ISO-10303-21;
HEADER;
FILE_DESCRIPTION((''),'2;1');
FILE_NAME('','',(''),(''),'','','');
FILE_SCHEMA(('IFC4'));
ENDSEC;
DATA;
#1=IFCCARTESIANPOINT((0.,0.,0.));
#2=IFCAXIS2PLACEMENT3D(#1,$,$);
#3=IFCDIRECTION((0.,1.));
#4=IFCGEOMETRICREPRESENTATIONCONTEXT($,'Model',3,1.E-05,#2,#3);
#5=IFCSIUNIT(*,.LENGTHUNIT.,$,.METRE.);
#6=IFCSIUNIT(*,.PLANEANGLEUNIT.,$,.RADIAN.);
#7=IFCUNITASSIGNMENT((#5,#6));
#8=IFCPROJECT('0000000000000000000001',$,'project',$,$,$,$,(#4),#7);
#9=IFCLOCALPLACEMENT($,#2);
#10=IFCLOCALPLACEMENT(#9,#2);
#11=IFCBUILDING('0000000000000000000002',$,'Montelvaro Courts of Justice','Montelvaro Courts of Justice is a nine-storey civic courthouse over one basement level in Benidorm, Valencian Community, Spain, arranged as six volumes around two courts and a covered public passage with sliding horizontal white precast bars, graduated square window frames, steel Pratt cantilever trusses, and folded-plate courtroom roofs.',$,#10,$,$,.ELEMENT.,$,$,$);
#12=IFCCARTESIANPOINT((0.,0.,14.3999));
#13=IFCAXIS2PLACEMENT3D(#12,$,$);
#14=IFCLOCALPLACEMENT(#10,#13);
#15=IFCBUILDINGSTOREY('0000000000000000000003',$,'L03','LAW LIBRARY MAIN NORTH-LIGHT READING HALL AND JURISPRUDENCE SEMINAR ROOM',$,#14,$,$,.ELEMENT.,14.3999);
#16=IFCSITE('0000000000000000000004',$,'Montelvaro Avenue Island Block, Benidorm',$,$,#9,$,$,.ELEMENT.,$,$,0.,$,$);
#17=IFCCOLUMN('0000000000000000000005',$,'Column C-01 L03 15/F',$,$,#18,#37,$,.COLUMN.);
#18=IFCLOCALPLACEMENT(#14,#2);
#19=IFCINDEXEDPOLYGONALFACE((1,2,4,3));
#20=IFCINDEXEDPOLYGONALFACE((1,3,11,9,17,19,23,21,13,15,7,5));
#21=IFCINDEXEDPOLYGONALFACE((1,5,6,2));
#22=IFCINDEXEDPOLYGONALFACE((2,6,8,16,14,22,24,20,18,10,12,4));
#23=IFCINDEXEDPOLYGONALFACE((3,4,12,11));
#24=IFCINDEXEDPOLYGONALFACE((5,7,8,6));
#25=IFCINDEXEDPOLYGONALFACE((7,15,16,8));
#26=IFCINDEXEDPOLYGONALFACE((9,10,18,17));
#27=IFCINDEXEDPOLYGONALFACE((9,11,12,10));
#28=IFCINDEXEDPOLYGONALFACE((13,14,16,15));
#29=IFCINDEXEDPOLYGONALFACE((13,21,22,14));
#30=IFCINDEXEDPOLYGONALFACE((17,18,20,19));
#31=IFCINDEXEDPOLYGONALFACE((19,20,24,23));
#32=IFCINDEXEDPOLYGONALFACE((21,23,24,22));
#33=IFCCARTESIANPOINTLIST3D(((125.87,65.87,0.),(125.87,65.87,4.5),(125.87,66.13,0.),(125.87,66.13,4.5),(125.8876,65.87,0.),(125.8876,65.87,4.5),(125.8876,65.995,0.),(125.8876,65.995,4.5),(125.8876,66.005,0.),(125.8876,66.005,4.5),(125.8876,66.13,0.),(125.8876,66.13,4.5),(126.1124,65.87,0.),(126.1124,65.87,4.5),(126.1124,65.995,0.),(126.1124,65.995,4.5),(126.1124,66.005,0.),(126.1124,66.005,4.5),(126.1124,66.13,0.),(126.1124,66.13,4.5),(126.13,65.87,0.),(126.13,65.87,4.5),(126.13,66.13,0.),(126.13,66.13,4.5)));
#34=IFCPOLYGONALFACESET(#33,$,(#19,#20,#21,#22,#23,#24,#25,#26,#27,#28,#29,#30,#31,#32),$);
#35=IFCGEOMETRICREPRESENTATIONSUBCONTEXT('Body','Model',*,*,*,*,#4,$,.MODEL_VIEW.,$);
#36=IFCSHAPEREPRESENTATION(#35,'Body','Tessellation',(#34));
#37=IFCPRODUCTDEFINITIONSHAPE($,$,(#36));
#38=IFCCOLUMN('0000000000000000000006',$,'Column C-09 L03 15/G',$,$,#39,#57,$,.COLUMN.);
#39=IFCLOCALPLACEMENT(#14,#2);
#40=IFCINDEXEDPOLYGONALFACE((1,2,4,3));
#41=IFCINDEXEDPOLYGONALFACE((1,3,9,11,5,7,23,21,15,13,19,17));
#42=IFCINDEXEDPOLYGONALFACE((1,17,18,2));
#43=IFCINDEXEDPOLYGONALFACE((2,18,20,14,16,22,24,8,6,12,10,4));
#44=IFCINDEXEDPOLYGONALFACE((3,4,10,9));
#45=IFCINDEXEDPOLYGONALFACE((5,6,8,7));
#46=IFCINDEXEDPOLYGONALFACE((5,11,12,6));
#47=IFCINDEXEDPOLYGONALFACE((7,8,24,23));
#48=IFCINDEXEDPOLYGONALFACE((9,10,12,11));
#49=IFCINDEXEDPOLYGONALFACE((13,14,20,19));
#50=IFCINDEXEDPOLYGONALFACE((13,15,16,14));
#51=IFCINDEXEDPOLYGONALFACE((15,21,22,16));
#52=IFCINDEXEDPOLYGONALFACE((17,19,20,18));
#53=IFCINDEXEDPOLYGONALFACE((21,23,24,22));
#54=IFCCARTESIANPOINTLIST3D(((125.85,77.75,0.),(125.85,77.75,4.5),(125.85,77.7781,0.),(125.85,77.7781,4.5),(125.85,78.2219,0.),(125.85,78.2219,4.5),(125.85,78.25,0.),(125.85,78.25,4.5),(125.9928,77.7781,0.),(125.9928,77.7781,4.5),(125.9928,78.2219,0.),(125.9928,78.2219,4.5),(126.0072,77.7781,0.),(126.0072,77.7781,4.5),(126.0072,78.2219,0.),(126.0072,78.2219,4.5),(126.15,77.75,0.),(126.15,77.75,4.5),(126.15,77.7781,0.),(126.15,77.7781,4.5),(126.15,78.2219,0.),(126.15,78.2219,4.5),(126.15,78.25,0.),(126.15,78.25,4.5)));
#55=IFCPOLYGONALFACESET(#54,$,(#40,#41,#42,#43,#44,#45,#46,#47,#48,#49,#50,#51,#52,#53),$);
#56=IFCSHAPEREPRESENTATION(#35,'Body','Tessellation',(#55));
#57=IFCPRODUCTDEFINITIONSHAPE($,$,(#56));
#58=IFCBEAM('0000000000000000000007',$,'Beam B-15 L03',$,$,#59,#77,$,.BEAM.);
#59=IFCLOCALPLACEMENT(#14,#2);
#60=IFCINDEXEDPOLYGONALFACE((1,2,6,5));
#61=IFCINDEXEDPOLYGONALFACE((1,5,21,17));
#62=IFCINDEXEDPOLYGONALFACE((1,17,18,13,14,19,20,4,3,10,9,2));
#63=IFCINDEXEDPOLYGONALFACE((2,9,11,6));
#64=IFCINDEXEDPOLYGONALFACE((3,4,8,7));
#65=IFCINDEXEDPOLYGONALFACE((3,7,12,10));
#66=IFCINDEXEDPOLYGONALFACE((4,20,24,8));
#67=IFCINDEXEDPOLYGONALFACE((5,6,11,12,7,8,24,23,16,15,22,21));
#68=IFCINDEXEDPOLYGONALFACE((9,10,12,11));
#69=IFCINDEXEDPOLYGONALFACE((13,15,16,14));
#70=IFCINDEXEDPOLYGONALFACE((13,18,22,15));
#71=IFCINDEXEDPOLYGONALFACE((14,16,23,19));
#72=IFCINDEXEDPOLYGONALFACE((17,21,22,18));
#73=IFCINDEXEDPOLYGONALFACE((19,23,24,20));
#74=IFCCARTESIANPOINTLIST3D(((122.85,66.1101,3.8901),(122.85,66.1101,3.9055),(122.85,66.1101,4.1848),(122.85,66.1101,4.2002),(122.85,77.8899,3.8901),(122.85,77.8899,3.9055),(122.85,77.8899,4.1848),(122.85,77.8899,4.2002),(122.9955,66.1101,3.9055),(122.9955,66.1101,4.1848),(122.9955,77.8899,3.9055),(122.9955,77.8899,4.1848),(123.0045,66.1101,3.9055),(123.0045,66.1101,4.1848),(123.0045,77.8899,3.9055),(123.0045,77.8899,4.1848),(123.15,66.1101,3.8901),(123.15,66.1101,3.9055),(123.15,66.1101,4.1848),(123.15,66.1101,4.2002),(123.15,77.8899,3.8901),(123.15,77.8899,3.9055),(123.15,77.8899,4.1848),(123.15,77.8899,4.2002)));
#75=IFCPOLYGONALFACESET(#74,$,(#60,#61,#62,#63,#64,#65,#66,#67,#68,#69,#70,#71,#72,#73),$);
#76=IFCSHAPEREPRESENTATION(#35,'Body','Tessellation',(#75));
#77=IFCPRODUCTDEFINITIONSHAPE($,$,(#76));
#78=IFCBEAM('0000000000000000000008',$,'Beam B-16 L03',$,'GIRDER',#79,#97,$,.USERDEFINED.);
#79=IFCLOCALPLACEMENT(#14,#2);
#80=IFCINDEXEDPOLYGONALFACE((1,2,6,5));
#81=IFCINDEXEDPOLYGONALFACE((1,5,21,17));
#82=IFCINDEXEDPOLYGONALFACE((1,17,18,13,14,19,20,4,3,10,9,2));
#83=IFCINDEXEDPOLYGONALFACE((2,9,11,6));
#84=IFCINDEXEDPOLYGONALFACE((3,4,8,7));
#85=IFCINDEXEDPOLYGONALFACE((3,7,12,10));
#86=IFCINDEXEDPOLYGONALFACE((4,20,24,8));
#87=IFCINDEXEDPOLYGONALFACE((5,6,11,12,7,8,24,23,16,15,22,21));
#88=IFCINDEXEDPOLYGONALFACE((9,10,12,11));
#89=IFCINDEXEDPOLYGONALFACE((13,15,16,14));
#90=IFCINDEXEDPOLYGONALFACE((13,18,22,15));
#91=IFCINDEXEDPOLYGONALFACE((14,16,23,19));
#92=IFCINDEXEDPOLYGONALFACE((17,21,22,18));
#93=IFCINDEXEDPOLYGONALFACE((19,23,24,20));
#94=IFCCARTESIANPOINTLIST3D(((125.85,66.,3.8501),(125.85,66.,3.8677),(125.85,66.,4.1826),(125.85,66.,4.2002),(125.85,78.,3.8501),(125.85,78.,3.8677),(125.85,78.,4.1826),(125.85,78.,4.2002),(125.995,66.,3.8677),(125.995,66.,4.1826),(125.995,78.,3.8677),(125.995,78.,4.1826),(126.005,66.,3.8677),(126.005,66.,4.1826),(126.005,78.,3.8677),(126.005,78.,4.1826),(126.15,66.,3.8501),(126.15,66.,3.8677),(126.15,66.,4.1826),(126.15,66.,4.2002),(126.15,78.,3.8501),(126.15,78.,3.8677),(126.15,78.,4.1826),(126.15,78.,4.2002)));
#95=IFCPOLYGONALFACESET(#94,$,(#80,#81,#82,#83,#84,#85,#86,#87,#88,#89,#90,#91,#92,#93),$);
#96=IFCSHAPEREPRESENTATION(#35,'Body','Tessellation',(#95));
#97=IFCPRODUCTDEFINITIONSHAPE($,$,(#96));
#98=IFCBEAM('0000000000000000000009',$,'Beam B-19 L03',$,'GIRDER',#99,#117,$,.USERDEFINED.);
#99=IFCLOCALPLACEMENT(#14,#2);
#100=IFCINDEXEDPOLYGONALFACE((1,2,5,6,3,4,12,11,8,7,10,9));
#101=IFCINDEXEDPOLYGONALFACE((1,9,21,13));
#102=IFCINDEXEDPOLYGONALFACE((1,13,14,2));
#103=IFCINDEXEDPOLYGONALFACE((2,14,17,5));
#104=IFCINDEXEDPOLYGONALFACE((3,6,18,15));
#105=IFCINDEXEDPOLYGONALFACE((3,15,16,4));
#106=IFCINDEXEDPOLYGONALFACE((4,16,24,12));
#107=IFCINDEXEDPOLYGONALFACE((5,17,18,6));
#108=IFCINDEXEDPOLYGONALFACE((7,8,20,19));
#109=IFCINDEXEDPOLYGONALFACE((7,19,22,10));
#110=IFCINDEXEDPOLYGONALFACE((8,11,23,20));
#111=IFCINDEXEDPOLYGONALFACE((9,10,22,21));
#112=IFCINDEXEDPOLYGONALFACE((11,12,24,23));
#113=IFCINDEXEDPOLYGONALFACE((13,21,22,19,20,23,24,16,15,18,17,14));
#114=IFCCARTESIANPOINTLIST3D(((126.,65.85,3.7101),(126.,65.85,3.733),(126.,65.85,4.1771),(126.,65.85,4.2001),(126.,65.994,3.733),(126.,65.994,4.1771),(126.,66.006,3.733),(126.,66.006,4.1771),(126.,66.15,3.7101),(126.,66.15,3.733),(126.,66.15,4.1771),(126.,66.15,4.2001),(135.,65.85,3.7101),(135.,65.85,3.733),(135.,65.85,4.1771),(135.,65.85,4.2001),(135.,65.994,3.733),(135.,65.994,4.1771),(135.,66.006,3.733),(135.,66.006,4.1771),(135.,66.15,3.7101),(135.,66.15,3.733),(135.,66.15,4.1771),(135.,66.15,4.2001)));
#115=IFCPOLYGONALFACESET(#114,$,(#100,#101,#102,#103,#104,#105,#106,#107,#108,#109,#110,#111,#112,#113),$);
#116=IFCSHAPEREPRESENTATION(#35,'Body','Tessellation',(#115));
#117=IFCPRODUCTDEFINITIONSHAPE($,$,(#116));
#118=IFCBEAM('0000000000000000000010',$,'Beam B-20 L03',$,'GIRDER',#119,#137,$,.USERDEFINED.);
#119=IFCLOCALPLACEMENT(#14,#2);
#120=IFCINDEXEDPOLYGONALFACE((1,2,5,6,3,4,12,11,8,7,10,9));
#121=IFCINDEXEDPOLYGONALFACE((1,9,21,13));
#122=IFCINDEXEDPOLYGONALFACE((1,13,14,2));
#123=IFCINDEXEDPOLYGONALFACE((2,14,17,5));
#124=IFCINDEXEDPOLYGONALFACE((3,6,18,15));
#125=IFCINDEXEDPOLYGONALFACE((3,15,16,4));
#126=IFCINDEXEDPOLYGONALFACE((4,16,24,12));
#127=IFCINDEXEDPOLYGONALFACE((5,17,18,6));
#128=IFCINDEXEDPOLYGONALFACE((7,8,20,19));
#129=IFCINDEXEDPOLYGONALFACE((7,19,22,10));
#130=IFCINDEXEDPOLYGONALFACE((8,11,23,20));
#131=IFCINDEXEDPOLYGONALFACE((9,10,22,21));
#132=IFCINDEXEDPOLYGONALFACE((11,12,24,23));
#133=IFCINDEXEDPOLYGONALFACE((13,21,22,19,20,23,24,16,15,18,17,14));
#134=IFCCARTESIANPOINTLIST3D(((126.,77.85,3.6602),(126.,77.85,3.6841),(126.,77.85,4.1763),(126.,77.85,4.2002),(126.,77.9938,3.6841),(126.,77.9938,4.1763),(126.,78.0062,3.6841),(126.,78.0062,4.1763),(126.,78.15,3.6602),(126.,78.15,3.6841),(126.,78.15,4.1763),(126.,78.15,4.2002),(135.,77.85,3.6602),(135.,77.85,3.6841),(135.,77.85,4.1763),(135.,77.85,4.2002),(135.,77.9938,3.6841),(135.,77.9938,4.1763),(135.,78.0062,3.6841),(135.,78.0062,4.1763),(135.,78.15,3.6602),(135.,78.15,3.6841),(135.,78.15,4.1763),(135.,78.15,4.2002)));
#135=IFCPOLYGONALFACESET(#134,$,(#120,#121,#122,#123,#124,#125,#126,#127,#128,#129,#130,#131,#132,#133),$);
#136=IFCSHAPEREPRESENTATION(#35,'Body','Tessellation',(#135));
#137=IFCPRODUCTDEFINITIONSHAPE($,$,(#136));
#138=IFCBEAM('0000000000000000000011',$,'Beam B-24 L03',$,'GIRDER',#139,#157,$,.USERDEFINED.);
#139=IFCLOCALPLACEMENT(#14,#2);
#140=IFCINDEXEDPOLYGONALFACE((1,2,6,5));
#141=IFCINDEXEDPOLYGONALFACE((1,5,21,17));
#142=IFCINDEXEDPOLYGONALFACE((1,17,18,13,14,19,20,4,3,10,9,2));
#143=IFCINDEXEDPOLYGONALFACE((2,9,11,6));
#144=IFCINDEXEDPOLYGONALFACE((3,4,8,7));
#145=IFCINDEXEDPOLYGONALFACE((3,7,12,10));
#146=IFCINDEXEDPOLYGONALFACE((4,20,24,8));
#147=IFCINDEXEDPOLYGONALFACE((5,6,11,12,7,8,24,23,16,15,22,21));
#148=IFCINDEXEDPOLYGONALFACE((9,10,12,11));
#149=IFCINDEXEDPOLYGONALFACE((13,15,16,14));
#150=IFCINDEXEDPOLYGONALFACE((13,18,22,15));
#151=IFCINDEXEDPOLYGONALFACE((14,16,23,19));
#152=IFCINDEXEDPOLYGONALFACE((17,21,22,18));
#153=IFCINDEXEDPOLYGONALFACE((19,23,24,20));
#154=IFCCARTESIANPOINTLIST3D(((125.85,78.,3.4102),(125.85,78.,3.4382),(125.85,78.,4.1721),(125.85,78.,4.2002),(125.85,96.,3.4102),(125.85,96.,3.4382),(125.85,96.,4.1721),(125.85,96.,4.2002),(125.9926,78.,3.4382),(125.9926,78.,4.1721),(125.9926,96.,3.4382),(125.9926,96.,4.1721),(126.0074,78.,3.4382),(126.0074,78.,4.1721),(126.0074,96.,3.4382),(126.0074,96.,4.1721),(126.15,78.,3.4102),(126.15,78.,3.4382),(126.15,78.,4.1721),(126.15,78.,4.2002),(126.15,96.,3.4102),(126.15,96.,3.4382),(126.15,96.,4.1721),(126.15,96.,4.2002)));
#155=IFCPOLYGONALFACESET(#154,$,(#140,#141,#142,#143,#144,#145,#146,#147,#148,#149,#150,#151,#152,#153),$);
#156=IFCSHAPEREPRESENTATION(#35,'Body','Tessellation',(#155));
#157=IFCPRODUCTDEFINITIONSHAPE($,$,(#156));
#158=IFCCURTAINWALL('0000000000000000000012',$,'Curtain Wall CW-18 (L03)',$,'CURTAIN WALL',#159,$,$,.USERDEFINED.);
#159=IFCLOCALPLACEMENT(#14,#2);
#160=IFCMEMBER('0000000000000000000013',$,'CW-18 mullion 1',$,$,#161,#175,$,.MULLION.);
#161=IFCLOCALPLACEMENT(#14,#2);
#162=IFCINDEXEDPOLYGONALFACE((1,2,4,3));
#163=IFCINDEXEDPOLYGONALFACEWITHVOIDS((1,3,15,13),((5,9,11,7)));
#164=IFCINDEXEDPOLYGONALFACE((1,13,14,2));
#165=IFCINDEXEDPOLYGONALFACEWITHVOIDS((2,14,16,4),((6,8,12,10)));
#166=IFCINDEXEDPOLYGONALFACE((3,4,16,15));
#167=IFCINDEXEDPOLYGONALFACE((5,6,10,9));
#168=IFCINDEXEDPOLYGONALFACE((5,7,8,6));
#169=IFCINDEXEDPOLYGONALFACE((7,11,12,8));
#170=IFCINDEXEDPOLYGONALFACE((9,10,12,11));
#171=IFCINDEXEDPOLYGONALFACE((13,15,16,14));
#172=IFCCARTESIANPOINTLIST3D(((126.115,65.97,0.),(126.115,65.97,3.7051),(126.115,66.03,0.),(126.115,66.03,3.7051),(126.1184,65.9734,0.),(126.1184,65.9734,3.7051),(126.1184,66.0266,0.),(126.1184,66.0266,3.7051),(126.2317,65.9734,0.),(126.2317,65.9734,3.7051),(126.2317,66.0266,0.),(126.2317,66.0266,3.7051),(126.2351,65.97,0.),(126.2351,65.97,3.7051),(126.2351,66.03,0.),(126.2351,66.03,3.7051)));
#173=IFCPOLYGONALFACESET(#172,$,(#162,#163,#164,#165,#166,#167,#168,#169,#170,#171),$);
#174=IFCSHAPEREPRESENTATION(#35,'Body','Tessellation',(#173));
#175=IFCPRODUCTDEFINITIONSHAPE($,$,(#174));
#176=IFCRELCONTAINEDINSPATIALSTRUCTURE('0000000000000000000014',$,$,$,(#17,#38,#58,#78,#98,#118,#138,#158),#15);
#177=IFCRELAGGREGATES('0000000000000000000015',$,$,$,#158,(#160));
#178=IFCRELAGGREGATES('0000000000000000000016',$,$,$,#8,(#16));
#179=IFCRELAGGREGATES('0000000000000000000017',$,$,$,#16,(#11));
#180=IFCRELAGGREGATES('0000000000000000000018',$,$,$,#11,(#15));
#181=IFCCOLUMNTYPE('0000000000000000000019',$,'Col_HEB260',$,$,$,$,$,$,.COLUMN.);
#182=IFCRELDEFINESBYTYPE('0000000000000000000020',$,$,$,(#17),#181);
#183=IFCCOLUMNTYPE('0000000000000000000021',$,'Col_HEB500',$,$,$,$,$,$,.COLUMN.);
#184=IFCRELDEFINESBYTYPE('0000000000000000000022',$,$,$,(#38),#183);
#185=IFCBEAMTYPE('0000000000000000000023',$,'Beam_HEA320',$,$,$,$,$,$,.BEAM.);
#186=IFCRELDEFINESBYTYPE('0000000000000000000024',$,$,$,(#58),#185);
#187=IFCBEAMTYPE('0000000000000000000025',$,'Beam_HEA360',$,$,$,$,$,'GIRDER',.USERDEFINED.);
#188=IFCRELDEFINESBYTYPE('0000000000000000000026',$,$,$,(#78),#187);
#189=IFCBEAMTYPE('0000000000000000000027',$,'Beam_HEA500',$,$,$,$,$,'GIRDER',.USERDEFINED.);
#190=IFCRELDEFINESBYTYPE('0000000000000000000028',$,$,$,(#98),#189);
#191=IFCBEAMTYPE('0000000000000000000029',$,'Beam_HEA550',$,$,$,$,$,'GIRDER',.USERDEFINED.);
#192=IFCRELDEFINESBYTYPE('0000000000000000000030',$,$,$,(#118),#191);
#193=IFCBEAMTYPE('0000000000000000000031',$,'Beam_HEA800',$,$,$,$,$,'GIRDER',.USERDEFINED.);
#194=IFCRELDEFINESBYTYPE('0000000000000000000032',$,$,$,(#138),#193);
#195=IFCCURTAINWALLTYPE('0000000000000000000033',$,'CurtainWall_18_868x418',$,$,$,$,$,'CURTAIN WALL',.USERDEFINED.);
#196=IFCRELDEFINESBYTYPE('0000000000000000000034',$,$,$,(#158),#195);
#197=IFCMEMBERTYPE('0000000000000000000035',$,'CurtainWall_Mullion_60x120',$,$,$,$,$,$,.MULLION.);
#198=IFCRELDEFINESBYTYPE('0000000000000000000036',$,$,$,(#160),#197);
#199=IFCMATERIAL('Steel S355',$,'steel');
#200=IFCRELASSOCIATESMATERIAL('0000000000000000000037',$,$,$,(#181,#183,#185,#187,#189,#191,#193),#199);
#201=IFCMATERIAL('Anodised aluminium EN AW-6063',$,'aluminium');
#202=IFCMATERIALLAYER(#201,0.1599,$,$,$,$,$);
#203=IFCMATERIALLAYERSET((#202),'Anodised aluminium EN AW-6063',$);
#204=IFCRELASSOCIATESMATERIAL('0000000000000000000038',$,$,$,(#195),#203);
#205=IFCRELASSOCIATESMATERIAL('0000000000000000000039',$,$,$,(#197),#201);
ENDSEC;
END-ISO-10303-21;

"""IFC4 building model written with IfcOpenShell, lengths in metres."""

from ifc_helpers import new_model, si_unit, direction, frame, origin, origin_2d, place, context, subcontext, project, spatial, hollow_rectangle, i_section, extrude, material, layer, layer_set, material_profile, profile_set, type_object, element, aggregate, save


model = new_model("IFC4")

# Units and contexts
model_context = context("Model", 3, precision=1e-05, world=origin(), true_north=direction((0.0, 1.0)))
body_context = subcontext(model_context, "Body", "Model", "MODEL_VIEW")
ifc_project = project(units=[si_unit("LENGTHUNIT", "METRE"), si_unit("PLANEANGLEUNIT", "RADIAN")], contexts=[model_context])

# Site, building, storey
site_placement = place(None, origin())
site = spatial("IfcSite", under=ifc_project, at=site_placement, Name="Montelvaro Avenue Island Block, Benidorm", CompositionType="ELEMENT", RefElevation=0.0)
building_placement = place(site_placement, origin())
building = spatial("IfcBuilding", under=site, at=building_placement, Name="Montelvaro Courts of Justice", Description="Montelvaro Courts of Justice is a nine-storey civic courthouse over one basement level in Benidorm, Valencian Community, Spain, arranged as six volumes around two courts and a covered public passage with sliding horizontal white precast bars, graduated square window frames, steel Pratt cantilever trusses, and folded-plate courtroom roofs.", CompositionType="ELEMENT")
storey_placement = place(building_placement, frame((0.0, 0.0, 14.3999)))
storey = spatial("IfcBuildingStorey", under=building, at=storey_placement, Name="L03", Description="LAW LIBRARY MAIN NORTH-LIGHT READING HALL AND JURISPRUDENCE SEMINAR ROOM", CompositionType="ELEMENT", Elevation=14.3999)

# Columns
ifc_material_1 = material(Name="Steel S355", Category="steel")
ifc_material_profile_1 = material_profile(ifc_material_1, i_section(OverallWidth=0.26, OverallDepth=0.26, WebThickness=0.01, FlangeThickness=0.0176, at=origin_2d()), Name="HEB 260")
ifc_profile_set_1 = profile_set([ifc_material_profile_1], Name="Steel S355")
column_type_1 = type_object("IfcColumnType", Name="Col_HEB260", PredefinedType="COLUMN", material=ifc_profile_set_1)
column_1_placement = place(storey_placement, frame((126.0, 66.0, 0.0), z_axis=(0.0, 0.0, 1.0), x_axis=(0.0, 1.0, 0.0)))
element("IfcColumn", 1, at=column_1_placement, inside=storey, type_object=column_type_1, Name="Column C-01 L03 15/F", PredefinedType="COLUMN", context=body_context, shape_type="SweptSolid", body=[
    extrude(i_section(OverallWidth=0.26, OverallDepth=0.26, WebThickness=0.01, FlangeThickness=0.0176, at=origin_2d()), origin(), (0.0, 0.0, 1.0), 4.5),
])
ifc_material_profile_2 = material_profile(ifc_material_1, i_section(OverallWidth=0.3, OverallDepth=0.5, WebThickness=0.0144, FlangeThickness=0.0281, at=origin_2d()), Name="HEB 500")
ifc_profile_set_2 = profile_set([ifc_material_profile_2], Name="Steel S355")
column_type_2 = type_object("IfcColumnType", Name="Col_HEB500", PredefinedType="COLUMN", material=ifc_profile_set_2)
column_2_placement = place(storey_placement, frame((126.0, 78.0, 0.0), z_axis=(0.0, 0.0, 1.0), x_axis=(1.0, 0.0, 0.0)))
element("IfcColumn", 2, at=column_2_placement, inside=storey, type_object=column_type_2, Name="Column C-09 L03 15/G", PredefinedType="COLUMN", context=body_context, shape_type="SweptSolid", body=[
    extrude(i_section(OverallWidth=0.3, OverallDepth=0.5, WebThickness=0.0144, FlangeThickness=0.0281, at=origin_2d()), origin(), (0.0, 0.0, 1.0), 4.5),
])

# Beams
ifc_material_profile_3 = material_profile(ifc_material_1, i_section(OverallWidth=0.3, OverallDepth=0.3101, WebThickness=0.009, FlangeThickness=0.0154, at=origin_2d()), Name="HEA 320")
ifc_profile_set_3 = profile_set([ifc_material_profile_3], Name="Steel S355")
beam_type_1 = type_object("IfcBeamType", Name="Beam_HEA320", PredefinedType="BEAM", material=ifc_profile_set_3)
beam_1_placement = place(storey_placement, frame((123.0, 66.1101, 4.0452), z_axis=(0.0, 1.0, 0.0), x_axis=(-1.0, 0.0, 0.0)))
element("IfcBeam", 3, at=beam_1_placement, inside=storey, type_object=beam_type_1, Name="Beam B-15 L03", PredefinedType="BEAM", context=body_context, shape_type="SweptSolid", body=[
    extrude(i_section(OverallWidth=0.3, OverallDepth=0.3101, WebThickness=0.009, FlangeThickness=0.0154, at=origin_2d()), origin(), (0.0, 0.0, 1.0), 11.7798),
])
ifc_material_profile_4 = material_profile(ifc_material_1, i_section(OverallWidth=0.3, OverallDepth=0.3501, WebThickness=0.01, FlangeThickness=0.0176, at=origin_2d()), Name="HEA 360")
ifc_profile_set_4 = profile_set([ifc_material_profile_4], Name="Steel S355")
beam_type_2 = type_object("IfcBeamType", Name="Beam_HEA360", ElementType="GIRDER", PredefinedType="USERDEFINED", material=ifc_profile_set_4)
beam_2_placement = place(storey_placement, frame((126.0, 66.0, 4.0251), z_axis=(0.0, 1.0, 0.0), x_axis=(-1.0, 0.0, 0.0)))
element("IfcBeam", 4, at=beam_2_placement, inside=storey, type_object=beam_type_2, Name="Beam B-16 L03", ObjectType="GIRDER", PredefinedType="USERDEFINED", context=body_context, shape_type="SweptSolid", body=[
    extrude(i_section(OverallWidth=0.3, OverallDepth=0.3501, WebThickness=0.01, FlangeThickness=0.0176, at=origin_2d()), origin(), (0.0, 0.0, 1.0), 12.0),
])
ifc_material_profile_5 = material_profile(ifc_material_1, i_section(OverallWidth=0.3, OverallDepth=0.49, WebThickness=0.012, FlangeThickness=0.0229, at=origin_2d()), Name="HEA 500")
ifc_profile_set_5 = profile_set([ifc_material_profile_5], Name="Steel S355")
beam_type_3 = type_object("IfcBeamType", Name="Beam_HEA500", ElementType="GIRDER", PredefinedType="USERDEFINED", material=ifc_profile_set_5)
beam_3_placement = place(storey_placement, frame((126.0, 66.0, 3.9551), z_axis=(1.0, 0.0, 0.0), x_axis=(0.0, 1.0, 0.0)))
element("IfcBeam", 5, at=beam_3_placement, inside=storey, type_object=beam_type_3, Name="Beam B-19 L03", ObjectType="GIRDER", PredefinedType="USERDEFINED", context=body_context, shape_type="SweptSolid", body=[
    extrude(i_section(OverallWidth=0.3, OverallDepth=0.49, WebThickness=0.012, FlangeThickness=0.0229, at=origin_2d()), origin(), (0.0, 0.0, 1.0), 9.0),
])
ifc_material_profile_6 = material_profile(ifc_material_1, i_section(OverallWidth=0.3, OverallDepth=0.54, WebThickness=0.0125, FlangeThickness=0.0239, at=origin_2d()), Name="HEA 550")
ifc_profile_set_6 = profile_set([ifc_material_profile_6], Name="Steel S355")
beam_type_4 = type_object("IfcBeamType", Name="Beam_HEA550", ElementType="GIRDER", PredefinedType="USERDEFINED", material=ifc_profile_set_6)
beam_4_placement = place(storey_placement, frame((126.0, 78.0, 3.9302), z_axis=(1.0, 0.0, 0.0), x_axis=(0.0, 1.0, 0.0)))
element("IfcBeam", 6, at=beam_4_placement, inside=storey, type_object=beam_type_4, Name="Beam B-20 L03", ObjectType="GIRDER", PredefinedType="USERDEFINED", context=body_context, shape_type="SweptSolid", body=[
    extrude(i_section(OverallWidth=0.3, OverallDepth=0.54, WebThickness=0.0125, FlangeThickness=0.0239, at=origin_2d()), origin(), (0.0, 0.0, 1.0), 9.0),
])
ifc_material_profile_7 = material_profile(ifc_material_1, i_section(OverallWidth=0.3, OverallDepth=0.79, WebThickness=0.0149, FlangeThickness=0.0281, at=origin_2d()), Name="HEA 800")
ifc_profile_set_7 = profile_set([ifc_material_profile_7], Name="Steel S355")
beam_type_5 = type_object("IfcBeamType", Name="Beam_HEA800", ElementType="GIRDER", PredefinedType="USERDEFINED", material=ifc_profile_set_7)
beam_5_placement = place(storey_placement, frame((126.0, 78.0, 3.8052), z_axis=(0.0, 1.0, 0.0), x_axis=(-1.0, 0.0, 0.0)))
element("IfcBeam", 7, at=beam_5_placement, inside=storey, type_object=beam_type_5, Name="Beam B-24 L03", ObjectType="GIRDER", PredefinedType="USERDEFINED", context=body_context, shape_type="SweptSolid", body=[
    extrude(i_section(OverallWidth=0.3, OverallDepth=0.79, WebThickness=0.0149, FlangeThickness=0.0281, at=origin_2d()), origin(), (0.0, 0.0, 1.0), 18.0),
])

# Curtain wall, member
ifc_material_2 = material(Name="Anodised aluminium EN AW-6063", Category="aluminium")
ifc_layer_1 = layer(ifc_material_2, 0.1599)
ifc_layer_set_1 = layer_set([ifc_layer_1], Name="Anodised aluminium EN AW-6063")
curtain_wall_type = type_object("IfcCurtainWallType", Name="CurtainWall_18_868x418", ElementType="CURTAIN WALL", PredefinedType="USERDEFINED", material=ifc_layer_set_1)
curtain_wall_1_placement = place(storey_placement, origin())
curtain_wall_1 = element("IfcCurtainWall", 8, at=curtain_wall_1_placement, inside=storey, type_object=curtain_wall_type, Name="Curtain Wall CW-18 (L03)", ObjectType="CURTAIN WALL", PredefinedType="USERDEFINED")
ifc_material_profile_8 = material_profile(ifc_material_2, hollow_rectangle(XDim=0.0601, YDim=0.1201, WallThickness=0.0034, at=origin_2d()), Name="ALU-M 60x120")
ifc_profile_set_8 = profile_set([ifc_material_profile_8], Name="Anodised aluminium EN AW-6063")
member_type_1 = type_object("IfcMemberType", Name="CurtainWall_Mullion_60x120", PredefinedType="MULLION", material=ifc_profile_set_8)
member_1_placement = place(storey_placement, frame((126.175, 66.0, 0.0), z_axis=(0.0, 0.0, 1.0), x_axis=(0.0, 1.0, 0.0)))
member_1 = element("IfcMember", 9, at=member_1_placement, type_object=member_type_1, Name="CW-18 mullion 1", PredefinedType="MULLION", context=body_context, shape_type="SweptSolid", body=[
    extrude(hollow_rectangle(XDim=0.0601, YDim=0.1201, WallThickness=0.0034, at=origin_2d()), origin(), (0.0, 0.0, 1.0), 3.7051),
])

aggregate(curtain_wall_1, [member_1])

save(model, "model.ifc")
